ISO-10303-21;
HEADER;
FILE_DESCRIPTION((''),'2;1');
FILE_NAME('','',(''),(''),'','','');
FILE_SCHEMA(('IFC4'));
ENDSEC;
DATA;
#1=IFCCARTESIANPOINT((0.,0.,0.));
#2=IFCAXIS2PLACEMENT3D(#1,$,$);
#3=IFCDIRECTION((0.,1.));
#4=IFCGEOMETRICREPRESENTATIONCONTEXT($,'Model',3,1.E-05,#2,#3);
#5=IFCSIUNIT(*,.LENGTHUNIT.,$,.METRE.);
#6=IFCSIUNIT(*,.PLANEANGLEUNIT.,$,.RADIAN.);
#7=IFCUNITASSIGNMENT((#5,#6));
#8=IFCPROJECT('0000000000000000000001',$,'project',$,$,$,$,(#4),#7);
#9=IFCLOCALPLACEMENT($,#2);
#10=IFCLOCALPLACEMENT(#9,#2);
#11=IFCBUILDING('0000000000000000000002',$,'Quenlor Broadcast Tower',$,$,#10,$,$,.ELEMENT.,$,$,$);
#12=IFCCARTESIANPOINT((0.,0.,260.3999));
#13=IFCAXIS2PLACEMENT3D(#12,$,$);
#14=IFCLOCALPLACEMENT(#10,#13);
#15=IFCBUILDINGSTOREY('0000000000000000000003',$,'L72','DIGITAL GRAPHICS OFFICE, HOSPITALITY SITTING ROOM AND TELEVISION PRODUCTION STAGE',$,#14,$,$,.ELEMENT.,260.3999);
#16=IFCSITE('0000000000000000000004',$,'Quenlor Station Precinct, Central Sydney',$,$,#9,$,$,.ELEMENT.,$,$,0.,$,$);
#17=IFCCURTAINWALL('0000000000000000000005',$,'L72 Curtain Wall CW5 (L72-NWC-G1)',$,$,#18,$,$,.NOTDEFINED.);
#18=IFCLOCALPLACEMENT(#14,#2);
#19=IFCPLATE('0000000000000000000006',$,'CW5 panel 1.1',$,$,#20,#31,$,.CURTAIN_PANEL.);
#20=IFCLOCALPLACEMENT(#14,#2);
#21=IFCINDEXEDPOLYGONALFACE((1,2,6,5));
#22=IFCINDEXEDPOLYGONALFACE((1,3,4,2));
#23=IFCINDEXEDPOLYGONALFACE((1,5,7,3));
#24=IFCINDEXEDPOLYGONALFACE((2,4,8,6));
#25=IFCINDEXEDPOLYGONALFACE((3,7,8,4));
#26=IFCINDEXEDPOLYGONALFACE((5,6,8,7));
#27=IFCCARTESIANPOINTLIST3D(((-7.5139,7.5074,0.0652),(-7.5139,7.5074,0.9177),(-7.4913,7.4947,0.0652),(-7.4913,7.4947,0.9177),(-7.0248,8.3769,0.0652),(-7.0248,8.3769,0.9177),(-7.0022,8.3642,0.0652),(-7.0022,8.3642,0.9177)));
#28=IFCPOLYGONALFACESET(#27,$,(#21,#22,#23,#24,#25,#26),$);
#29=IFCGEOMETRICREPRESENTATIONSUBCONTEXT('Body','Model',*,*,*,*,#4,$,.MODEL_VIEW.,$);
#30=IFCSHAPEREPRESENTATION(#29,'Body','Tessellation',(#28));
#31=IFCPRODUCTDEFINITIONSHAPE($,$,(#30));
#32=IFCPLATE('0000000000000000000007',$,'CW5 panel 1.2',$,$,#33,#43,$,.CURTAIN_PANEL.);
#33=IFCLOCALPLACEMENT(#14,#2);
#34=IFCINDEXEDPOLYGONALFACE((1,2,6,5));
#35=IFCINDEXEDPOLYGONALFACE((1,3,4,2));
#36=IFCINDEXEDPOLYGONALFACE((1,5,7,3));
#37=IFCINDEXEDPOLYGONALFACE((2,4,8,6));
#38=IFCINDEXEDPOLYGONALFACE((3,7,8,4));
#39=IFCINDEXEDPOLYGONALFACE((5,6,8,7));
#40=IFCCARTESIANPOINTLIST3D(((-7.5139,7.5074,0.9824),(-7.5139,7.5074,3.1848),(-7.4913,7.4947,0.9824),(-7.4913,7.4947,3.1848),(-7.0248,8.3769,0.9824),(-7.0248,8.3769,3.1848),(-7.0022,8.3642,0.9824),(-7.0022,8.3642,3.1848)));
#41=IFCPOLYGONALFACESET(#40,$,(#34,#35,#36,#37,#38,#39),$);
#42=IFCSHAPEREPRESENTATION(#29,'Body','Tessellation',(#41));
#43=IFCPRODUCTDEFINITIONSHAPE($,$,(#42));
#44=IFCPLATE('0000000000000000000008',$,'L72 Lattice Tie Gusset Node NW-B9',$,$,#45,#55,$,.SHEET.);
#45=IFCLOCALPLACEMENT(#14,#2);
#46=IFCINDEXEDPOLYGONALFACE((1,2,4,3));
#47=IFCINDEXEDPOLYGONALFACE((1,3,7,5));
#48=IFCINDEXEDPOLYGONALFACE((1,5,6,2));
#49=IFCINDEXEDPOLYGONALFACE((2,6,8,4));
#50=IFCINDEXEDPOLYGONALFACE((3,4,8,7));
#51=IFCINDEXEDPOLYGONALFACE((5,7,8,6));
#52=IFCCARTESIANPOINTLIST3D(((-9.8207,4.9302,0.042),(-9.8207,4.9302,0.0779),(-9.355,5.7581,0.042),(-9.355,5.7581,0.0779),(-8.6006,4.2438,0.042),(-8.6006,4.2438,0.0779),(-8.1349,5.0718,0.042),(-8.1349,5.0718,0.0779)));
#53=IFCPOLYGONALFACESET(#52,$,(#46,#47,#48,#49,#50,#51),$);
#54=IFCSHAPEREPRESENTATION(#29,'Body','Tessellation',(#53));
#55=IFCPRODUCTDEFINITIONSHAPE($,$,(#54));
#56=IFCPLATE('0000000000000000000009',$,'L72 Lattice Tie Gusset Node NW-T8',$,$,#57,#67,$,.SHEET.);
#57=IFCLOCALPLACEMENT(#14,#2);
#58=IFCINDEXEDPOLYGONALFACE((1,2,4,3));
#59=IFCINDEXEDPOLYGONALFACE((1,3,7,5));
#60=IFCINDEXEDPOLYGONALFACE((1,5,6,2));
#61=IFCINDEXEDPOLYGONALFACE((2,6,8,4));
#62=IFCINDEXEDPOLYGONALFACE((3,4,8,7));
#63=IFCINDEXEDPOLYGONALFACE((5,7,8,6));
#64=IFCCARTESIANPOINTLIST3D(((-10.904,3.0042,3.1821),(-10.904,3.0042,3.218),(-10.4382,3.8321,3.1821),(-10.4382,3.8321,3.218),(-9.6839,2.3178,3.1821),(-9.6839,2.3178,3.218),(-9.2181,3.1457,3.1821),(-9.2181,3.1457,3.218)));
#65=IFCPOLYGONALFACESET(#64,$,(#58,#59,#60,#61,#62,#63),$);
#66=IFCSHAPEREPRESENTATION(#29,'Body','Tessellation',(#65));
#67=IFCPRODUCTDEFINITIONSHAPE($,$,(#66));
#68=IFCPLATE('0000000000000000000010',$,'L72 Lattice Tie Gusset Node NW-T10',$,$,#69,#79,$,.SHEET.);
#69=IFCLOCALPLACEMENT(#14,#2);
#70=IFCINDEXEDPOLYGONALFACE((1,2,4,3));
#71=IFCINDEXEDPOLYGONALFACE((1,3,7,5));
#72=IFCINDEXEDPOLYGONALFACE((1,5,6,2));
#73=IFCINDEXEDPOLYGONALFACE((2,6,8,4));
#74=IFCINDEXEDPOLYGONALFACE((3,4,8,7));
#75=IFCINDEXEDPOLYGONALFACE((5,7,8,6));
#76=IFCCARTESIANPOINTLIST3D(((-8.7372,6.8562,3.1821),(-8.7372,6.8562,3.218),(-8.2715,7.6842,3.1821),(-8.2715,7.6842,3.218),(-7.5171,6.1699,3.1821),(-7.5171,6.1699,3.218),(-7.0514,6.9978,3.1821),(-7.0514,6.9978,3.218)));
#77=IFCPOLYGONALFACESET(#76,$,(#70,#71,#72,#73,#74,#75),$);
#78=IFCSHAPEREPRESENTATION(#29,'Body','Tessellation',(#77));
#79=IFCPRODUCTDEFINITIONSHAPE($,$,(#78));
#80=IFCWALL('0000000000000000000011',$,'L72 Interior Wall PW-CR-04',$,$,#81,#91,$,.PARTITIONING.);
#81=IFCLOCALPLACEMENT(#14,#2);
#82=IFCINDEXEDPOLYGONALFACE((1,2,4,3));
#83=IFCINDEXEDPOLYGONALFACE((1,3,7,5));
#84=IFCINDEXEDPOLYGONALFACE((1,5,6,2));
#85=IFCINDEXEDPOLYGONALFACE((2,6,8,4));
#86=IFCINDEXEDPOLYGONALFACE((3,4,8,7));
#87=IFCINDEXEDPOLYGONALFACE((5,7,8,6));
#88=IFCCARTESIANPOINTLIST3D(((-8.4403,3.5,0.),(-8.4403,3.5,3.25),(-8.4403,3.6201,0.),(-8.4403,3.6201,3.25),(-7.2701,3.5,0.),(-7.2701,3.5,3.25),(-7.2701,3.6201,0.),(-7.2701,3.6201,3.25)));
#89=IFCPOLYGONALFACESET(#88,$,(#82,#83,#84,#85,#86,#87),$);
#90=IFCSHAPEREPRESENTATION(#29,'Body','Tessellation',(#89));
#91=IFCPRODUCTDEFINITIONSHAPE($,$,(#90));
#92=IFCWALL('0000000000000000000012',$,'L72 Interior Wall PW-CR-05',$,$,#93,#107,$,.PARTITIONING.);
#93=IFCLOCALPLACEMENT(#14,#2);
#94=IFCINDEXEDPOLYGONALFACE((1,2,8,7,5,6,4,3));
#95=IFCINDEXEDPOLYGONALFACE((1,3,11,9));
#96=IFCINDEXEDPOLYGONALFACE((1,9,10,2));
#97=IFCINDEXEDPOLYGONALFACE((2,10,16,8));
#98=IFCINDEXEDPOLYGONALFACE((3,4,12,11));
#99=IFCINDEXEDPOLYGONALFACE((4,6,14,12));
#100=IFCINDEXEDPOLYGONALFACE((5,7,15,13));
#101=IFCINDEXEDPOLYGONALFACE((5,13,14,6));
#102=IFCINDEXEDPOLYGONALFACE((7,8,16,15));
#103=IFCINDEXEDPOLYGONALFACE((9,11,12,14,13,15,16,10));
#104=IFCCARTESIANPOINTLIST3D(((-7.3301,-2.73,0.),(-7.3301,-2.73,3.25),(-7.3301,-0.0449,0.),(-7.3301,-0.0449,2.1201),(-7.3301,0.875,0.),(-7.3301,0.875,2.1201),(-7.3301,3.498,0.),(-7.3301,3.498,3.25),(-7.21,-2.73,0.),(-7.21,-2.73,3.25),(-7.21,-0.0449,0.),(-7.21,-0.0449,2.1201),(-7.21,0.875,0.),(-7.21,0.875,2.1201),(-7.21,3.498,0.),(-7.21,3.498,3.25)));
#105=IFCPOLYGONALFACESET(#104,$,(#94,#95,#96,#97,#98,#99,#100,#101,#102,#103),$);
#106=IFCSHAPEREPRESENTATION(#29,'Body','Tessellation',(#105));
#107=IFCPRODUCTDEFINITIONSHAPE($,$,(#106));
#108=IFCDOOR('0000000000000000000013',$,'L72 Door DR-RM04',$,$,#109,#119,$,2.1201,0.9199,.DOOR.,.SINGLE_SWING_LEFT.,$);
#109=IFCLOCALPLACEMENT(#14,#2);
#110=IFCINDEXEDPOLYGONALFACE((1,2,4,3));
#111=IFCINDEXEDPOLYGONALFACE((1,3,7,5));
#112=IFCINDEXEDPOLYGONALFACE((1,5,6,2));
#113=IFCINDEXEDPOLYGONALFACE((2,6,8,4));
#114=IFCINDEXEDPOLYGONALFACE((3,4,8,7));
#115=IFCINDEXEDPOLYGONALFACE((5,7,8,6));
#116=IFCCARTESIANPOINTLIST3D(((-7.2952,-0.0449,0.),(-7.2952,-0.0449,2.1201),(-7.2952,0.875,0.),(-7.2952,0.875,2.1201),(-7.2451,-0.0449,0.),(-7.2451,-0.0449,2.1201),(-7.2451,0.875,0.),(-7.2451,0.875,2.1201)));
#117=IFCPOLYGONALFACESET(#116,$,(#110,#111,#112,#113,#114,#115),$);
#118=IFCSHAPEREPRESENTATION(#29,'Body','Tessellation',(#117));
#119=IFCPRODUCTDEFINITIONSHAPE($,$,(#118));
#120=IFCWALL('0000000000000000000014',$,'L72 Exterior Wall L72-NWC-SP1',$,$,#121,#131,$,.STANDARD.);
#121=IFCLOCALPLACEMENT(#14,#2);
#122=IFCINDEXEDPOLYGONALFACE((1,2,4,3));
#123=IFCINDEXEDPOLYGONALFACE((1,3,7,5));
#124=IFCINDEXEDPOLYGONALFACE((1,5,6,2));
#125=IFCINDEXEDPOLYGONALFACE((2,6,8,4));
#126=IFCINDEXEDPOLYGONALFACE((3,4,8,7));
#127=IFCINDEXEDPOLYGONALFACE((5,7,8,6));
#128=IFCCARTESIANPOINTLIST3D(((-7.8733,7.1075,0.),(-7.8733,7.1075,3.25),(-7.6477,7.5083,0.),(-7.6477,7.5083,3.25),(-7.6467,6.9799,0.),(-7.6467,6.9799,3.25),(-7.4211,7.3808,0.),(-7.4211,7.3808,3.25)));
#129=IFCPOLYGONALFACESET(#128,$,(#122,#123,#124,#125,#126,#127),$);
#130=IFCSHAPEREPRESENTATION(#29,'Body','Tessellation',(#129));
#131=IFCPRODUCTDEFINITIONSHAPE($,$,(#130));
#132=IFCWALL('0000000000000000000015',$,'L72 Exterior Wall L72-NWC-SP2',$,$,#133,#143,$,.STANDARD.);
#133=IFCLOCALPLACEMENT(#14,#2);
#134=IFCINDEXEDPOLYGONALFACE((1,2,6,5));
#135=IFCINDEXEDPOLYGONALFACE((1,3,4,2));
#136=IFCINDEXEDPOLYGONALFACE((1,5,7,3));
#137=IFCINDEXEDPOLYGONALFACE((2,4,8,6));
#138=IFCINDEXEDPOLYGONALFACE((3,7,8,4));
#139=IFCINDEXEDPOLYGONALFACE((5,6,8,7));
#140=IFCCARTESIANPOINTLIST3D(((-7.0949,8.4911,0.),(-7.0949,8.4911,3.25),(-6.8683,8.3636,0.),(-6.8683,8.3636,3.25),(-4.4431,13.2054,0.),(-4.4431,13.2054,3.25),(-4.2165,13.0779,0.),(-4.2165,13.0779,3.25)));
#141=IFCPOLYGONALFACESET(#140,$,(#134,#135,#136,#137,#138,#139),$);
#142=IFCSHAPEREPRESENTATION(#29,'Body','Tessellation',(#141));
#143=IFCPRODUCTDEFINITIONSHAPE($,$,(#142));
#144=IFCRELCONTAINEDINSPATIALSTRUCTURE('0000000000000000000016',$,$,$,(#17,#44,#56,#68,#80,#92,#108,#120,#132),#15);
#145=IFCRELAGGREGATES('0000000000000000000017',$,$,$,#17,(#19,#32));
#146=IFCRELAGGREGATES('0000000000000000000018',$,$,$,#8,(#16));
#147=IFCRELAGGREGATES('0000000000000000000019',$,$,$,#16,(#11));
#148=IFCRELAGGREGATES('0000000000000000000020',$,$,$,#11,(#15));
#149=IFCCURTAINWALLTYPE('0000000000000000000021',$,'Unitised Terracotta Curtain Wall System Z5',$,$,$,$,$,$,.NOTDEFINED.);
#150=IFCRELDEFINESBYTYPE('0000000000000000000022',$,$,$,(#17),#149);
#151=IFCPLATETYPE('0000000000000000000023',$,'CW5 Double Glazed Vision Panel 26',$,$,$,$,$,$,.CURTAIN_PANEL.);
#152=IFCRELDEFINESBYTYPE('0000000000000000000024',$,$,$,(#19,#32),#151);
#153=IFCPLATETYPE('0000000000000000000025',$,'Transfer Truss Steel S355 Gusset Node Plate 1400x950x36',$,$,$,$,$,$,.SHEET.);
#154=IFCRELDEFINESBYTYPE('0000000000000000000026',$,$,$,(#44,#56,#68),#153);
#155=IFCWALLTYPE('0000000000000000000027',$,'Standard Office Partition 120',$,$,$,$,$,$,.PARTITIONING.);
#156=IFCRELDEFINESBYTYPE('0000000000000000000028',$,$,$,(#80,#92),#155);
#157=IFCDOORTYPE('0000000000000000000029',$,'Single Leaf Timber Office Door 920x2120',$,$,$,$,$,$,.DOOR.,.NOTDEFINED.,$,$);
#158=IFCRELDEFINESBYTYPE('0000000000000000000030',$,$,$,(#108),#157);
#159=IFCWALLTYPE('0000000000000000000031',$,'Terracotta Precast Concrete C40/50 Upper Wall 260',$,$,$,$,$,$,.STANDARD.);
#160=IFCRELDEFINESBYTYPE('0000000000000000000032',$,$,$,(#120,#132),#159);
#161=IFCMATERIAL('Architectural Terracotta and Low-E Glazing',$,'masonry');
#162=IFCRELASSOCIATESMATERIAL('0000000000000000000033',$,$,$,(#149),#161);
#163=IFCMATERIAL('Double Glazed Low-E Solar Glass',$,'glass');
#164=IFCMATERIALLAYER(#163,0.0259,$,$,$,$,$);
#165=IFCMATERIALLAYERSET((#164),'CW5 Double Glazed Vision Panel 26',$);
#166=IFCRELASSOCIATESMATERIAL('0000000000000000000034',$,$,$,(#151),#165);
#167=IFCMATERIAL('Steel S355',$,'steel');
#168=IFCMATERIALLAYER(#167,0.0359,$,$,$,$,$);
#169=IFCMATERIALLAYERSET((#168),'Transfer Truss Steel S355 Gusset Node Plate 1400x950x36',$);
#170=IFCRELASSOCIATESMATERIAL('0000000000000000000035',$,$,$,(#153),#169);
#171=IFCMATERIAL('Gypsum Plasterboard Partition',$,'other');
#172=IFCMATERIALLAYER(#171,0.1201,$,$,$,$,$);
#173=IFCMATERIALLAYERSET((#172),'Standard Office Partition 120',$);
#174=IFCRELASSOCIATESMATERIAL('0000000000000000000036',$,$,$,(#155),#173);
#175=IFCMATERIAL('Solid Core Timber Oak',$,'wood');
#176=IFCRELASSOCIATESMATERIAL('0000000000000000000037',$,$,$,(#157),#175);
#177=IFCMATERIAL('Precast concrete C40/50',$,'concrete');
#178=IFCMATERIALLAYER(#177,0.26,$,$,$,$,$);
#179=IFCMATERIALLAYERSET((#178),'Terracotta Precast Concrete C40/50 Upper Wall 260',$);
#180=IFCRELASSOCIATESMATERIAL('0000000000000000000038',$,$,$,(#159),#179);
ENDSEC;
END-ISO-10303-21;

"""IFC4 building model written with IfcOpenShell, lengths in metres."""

from ifc_helpers import new_model, si_unit, direction, frame, frame_2d, origin, origin_2d, place, context, subcontext, project, spatial, rectangle, extrude, material, layer, layer_set, type_object, element, fill, aggregate, save


model = new_model("IFC4")

# Units and contexts
model_context = context("Model", 3, precision=1e-05, world=origin(), true_north=direction((0.0, 1.0)))
body_context = subcontext(model_context, "Body", "Model", "MODEL_VIEW")
ifc_project = project(units=[si_unit("LENGTHUNIT", "METRE"), si_unit("PLANEANGLEUNIT", "RADIAN")], contexts=[model_context])

# Site, building, storey
site_placement = place(None, origin())
site = spatial("IfcSite", under=ifc_project, at=site_placement, Name="Quenlor Station Precinct, Central Sydney", CompositionType="ELEMENT", RefElevation=0.0)
building_placement = place(site_placement, origin())
building = spatial("IfcBuilding", under=site, at=building_placement, Name="Quenlor Broadcast Tower", CompositionType="ELEMENT")
storey_placement = place(building_placement, frame((0.0, 0.0, 260.3999)))
storey = spatial("IfcBuildingStorey", under=building, at=storey_placement, Name="L72", Description="DIGITAL GRAPHICS OFFICE, HOSPITALITY SITTING ROOM AND TELEVISION PRODUCTION STAGE", CompositionType="ELEMENT", Elevation=260.3999)

# Curtain wall
ifc_material_1 = material(Name="Architectural Terracotta and Low-E Glazing", Category="masonry")
curtain_wall_type = type_object("IfcCurtainWallType", Name="Unitised Terracotta Curtain Wall System Z5", PredefinedType="NOTDEFINED", material=ifc_material_1)
curtain_wall_placement = place(storey_placement, origin())
curtain_wall = element("IfcCurtainWall", 1, at=curtain_wall_placement, inside=storey, type_object=curtain_wall_type, Name="L72 Curtain Wall CW5 (L72-NWC-G1)", PredefinedType="NOTDEFINED")

# Plates
ifc_material_2 = material(Name="Double Glazed Low-E Solar Glass", Category="glass")
ifc_layer_1 = layer(ifc_material_2, 0.0259)
ifc_layer_set_1 = layer_set([ifc_layer_1], Name="CW5 Double Glazed Vision Panel 26")
plate_type_1 = type_object("IfcPlateType", Name="CW5 Double Glazed Vision Panel 26", PredefinedType="CURTAIN_PANEL", material=ifc_layer_set_1)
plate_1_placement = place(storey_placement, frame((-7.2581, 7.9358, 0.0652), z_axis=(0.0, 0.0, 1.0), x_axis=(0.490282, 0.871564, 0.0)))
plate_1 = element("IfcPlate", 2, at=plate_1_placement, type_object=plate_type_1, Name="CW5 panel 1.1", PredefinedType="CURTAIN_PANEL", context=body_context, shape_type="SweptSolid", body=[
    extrude(rectangle(XDim=0.9976, YDim=0.0259, at=origin_2d()), origin(), (0.0, 0.0, 1.0), 0.8525),
])
plate_2_placement = place(storey_placement, frame((-7.2581, 7.9358, 0.9824), z_axis=(0.0, 0.0, 1.0), x_axis=(0.490282, 0.871564, 0.0)))
plate_2 = element("IfcPlate", 3, at=plate_2_placement, type_object=plate_type_1, Name="CW5 panel 1.2", PredefinedType="CURTAIN_PANEL", context=body_context, shape_type="SweptSolid", body=[
    extrude(rectangle(XDim=0.9976, YDim=0.0259, at=origin_2d()), origin(), (0.0, 0.0, 1.0), 2.2024),
])
aggregate(curtain_wall, [plate_1, plate_2])

# Plates
ifc_material_3 = material(Name="Steel S355", Category="steel")
ifc_layer_2 = layer(ifc_material_3, 0.0359)
ifc_layer_set_2 = layer_set([ifc_layer_2], Name="Transfer Truss Steel S355 Gusset Node Plate 1400x950x36")
plate_type_2 = type_object("IfcPlateType", Name="Transfer Truss Steel S355 Gusset Node Plate 1400x950x36", PredefinedType="SHEET", material=ifc_layer_set_2)
for number, where, z_axis, x_axis, name in (
    (4, (-8.9778, 5.001, 0.042), (0.0, 0.0, 1.0), (-0.871556, 0.490295, 0.0), "L72 Lattice Tie Gusset Node NW-B9"),
    (5, (-10.061, 3.075, 3.1821), (0.0, 0.0, 1.0), (-0.871556, 0.490295, 0.0), "L72 Lattice Tie Gusset Node NW-T8"),
    (6, (-7.8943, 6.927, 3.1821), (0.0, 0.0, 1.0), (-0.871556, 0.490295, 0.0), "L72 Lattice Tie Gusset Node NW-T10"),
):
    element("IfcPlate", number, at=place(storey_placement, frame(where, z_axis=z_axis, x_axis=x_axis)), inside=storey, type_object=plate_type_2, Name=name, PredefinedType="SHEET", context=body_context, shape_type="SweptSolid", body=[
        extrude(rectangle(XDim=1.3999, YDim=0.95, at=origin_2d()), origin(), (0.0, 0.0, 1.0), 0.0359),
    ])

# Wall
ifc_material_4 = material(Name="Gypsum Plasterboard Partition", Category="other")
ifc_layer_3 = layer(ifc_material_4, 0.1201)
ifc_layer_set_3 = layer_set([ifc_layer_3], Name="Standard Office Partition 120")
wall_type_1 = type_object("IfcWallType", Name="Standard Office Partition 120", PredefinedType="PARTITIONING", material=ifc_layer_set_3)
wall_1_placement = place(storey_placement, frame((-8.4402, 3.5601, 0.0), z_axis=(0.0, 0.0, 1.0), x_axis=(1.0, 0.0, 0.0)))
element("IfcWall", 7, at=wall_1_placement, inside=storey, type_object=wall_type_1, Name="L72 Interior Wall PW-CR-04", PredefinedType="PARTITIONING", context=body_context, shape_type="SweptSolid", body=[
    extrude(rectangle(XDim=1.1702, YDim=0.1201, at=frame_2d((0.585, 0.0))), origin(), (0.0, 0.0, 1.0), 3.25),
])

# Wall, opening, door
wall_2_placement = place(storey_placement, frame((-7.27, 3.498, 0.0), z_axis=(0.0, 0.0, 1.0), x_axis=(0.0, -1.0, 0.0)))
wall_2 = element("IfcWall", 8, at=wall_2_placement, inside=storey, type_object=wall_type_1, Name="L72 Interior Wall PW-CR-05", PredefinedType="PARTITIONING", context=body_context, shape_type="SweptSolid", body=[
    extrude(rectangle(XDim=6.228, YDim=0.1201, at=frame_2d((3.114, 0.0))), origin(), (0.0, 0.0, 1.0), 3.25),
])
opening_placement = place(wall_2_placement, frame((2.623, 0.0, 0.0)))
opening = element("IfcOpeningElement", 9, at=opening_placement, cuts=wall_2, PredefinedType="OPENING", context=body_context, shape_type="SweptSolid", body=[
    extrude(rectangle(XDim=0.9199, YDim=2.1201, at=frame_2d((0.46, 1.0601))), frame((0.0, 0.0701, 0.0), z_axis=(0.0, -1.0, 0.0), x_axis=(1.0, 0.0, 0.0)), (0.0, 0.0, 1.0), 0.1401),
])
ifc_material_5 = material(Name="Solid Core Timber Oak", Category="wood")
door_type = type_object("IfcDoorType", Name="Single Leaf Timber Office Door 920x2120", OperationType="NOTDEFINED", PredefinedType="DOOR", material=ifc_material_5)
door_placement = place(opening_placement, origin())
door = element("IfcDoor", 10, at=door_placement, inside=storey, type_object=door_type, Name="L72 Door DR-RM04", OperationType="SINGLE_SWING_LEFT", OverallHeight=2.1201, OverallWidth=0.9199, PredefinedType="DOOR", context=body_context, shape_type="SweptSolid", body=[
    extrude(rectangle(XDim=0.9199, YDim=2.1201, at=frame_2d((0.46, 1.0601))), frame((0.0, 0.0249, 0.0), z_axis=(0.0, -1.0, 0.0), x_axis=(1.0, 0.0, 0.0)), (0.0, 0.0, 1.0), 0.05),
])
fill(opening, door)

# Walls
ifc_material_6 = material(Name="Precast concrete C40/50", Category="concrete")
ifc_layer_4 = layer(ifc_material_6, 0.26)
ifc_layer_set_4 = layer_set([ifc_layer_4], Name="Terracotta Precast Concrete C40/50 Upper Wall 260")
wall_type_2 = type_object("IfcWallType", Name="Terracotta Precast Concrete C40/50 Upper Wall 260", PredefinedType="STANDARD", material=ifc_layer_set_4)
wall_3_placement = place(storey_placement, frame((-7.76, 7.0437, 0.0), z_axis=(0.0, 0.0, 1.0), x_axis=(0.490412, 0.87149, 0.0)))
element("IfcWall", 11, at=wall_3_placement, inside=storey, type_object=wall_type_2, Name="L72 Exterior Wall L72-NWC-SP1", PredefinedType="STANDARD", context=body_context, shape_type="SweptSolid", body=[
    extrude(rectangle(XDim=0.46, YDim=0.26, at=frame_2d((0.23, 0.0))), origin(), (0.0, 0.0, 1.0), 3.25),
])
wall_4_placement = place(storey_placement, frame((-6.9817, 8.4272, 0.0), z_axis=(0.0, 0.0, 1.0), x_axis=(0.490266, 0.871573, 0.0)))
element("IfcWall", 12, at=wall_4_placement, inside=storey, type_object=wall_type_2, Name="L72 Exterior Wall L72-NWC-SP2", PredefinedType="STANDARD", context=body_context, shape_type="SweptSolid", body=[
    extrude(rectangle(XDim=5.4089, YDim=0.26, at=frame_2d((2.7046, 0.0))), origin(), (0.0, 0.0, 1.0), 3.25),
])

save(model, "model.ifc")
